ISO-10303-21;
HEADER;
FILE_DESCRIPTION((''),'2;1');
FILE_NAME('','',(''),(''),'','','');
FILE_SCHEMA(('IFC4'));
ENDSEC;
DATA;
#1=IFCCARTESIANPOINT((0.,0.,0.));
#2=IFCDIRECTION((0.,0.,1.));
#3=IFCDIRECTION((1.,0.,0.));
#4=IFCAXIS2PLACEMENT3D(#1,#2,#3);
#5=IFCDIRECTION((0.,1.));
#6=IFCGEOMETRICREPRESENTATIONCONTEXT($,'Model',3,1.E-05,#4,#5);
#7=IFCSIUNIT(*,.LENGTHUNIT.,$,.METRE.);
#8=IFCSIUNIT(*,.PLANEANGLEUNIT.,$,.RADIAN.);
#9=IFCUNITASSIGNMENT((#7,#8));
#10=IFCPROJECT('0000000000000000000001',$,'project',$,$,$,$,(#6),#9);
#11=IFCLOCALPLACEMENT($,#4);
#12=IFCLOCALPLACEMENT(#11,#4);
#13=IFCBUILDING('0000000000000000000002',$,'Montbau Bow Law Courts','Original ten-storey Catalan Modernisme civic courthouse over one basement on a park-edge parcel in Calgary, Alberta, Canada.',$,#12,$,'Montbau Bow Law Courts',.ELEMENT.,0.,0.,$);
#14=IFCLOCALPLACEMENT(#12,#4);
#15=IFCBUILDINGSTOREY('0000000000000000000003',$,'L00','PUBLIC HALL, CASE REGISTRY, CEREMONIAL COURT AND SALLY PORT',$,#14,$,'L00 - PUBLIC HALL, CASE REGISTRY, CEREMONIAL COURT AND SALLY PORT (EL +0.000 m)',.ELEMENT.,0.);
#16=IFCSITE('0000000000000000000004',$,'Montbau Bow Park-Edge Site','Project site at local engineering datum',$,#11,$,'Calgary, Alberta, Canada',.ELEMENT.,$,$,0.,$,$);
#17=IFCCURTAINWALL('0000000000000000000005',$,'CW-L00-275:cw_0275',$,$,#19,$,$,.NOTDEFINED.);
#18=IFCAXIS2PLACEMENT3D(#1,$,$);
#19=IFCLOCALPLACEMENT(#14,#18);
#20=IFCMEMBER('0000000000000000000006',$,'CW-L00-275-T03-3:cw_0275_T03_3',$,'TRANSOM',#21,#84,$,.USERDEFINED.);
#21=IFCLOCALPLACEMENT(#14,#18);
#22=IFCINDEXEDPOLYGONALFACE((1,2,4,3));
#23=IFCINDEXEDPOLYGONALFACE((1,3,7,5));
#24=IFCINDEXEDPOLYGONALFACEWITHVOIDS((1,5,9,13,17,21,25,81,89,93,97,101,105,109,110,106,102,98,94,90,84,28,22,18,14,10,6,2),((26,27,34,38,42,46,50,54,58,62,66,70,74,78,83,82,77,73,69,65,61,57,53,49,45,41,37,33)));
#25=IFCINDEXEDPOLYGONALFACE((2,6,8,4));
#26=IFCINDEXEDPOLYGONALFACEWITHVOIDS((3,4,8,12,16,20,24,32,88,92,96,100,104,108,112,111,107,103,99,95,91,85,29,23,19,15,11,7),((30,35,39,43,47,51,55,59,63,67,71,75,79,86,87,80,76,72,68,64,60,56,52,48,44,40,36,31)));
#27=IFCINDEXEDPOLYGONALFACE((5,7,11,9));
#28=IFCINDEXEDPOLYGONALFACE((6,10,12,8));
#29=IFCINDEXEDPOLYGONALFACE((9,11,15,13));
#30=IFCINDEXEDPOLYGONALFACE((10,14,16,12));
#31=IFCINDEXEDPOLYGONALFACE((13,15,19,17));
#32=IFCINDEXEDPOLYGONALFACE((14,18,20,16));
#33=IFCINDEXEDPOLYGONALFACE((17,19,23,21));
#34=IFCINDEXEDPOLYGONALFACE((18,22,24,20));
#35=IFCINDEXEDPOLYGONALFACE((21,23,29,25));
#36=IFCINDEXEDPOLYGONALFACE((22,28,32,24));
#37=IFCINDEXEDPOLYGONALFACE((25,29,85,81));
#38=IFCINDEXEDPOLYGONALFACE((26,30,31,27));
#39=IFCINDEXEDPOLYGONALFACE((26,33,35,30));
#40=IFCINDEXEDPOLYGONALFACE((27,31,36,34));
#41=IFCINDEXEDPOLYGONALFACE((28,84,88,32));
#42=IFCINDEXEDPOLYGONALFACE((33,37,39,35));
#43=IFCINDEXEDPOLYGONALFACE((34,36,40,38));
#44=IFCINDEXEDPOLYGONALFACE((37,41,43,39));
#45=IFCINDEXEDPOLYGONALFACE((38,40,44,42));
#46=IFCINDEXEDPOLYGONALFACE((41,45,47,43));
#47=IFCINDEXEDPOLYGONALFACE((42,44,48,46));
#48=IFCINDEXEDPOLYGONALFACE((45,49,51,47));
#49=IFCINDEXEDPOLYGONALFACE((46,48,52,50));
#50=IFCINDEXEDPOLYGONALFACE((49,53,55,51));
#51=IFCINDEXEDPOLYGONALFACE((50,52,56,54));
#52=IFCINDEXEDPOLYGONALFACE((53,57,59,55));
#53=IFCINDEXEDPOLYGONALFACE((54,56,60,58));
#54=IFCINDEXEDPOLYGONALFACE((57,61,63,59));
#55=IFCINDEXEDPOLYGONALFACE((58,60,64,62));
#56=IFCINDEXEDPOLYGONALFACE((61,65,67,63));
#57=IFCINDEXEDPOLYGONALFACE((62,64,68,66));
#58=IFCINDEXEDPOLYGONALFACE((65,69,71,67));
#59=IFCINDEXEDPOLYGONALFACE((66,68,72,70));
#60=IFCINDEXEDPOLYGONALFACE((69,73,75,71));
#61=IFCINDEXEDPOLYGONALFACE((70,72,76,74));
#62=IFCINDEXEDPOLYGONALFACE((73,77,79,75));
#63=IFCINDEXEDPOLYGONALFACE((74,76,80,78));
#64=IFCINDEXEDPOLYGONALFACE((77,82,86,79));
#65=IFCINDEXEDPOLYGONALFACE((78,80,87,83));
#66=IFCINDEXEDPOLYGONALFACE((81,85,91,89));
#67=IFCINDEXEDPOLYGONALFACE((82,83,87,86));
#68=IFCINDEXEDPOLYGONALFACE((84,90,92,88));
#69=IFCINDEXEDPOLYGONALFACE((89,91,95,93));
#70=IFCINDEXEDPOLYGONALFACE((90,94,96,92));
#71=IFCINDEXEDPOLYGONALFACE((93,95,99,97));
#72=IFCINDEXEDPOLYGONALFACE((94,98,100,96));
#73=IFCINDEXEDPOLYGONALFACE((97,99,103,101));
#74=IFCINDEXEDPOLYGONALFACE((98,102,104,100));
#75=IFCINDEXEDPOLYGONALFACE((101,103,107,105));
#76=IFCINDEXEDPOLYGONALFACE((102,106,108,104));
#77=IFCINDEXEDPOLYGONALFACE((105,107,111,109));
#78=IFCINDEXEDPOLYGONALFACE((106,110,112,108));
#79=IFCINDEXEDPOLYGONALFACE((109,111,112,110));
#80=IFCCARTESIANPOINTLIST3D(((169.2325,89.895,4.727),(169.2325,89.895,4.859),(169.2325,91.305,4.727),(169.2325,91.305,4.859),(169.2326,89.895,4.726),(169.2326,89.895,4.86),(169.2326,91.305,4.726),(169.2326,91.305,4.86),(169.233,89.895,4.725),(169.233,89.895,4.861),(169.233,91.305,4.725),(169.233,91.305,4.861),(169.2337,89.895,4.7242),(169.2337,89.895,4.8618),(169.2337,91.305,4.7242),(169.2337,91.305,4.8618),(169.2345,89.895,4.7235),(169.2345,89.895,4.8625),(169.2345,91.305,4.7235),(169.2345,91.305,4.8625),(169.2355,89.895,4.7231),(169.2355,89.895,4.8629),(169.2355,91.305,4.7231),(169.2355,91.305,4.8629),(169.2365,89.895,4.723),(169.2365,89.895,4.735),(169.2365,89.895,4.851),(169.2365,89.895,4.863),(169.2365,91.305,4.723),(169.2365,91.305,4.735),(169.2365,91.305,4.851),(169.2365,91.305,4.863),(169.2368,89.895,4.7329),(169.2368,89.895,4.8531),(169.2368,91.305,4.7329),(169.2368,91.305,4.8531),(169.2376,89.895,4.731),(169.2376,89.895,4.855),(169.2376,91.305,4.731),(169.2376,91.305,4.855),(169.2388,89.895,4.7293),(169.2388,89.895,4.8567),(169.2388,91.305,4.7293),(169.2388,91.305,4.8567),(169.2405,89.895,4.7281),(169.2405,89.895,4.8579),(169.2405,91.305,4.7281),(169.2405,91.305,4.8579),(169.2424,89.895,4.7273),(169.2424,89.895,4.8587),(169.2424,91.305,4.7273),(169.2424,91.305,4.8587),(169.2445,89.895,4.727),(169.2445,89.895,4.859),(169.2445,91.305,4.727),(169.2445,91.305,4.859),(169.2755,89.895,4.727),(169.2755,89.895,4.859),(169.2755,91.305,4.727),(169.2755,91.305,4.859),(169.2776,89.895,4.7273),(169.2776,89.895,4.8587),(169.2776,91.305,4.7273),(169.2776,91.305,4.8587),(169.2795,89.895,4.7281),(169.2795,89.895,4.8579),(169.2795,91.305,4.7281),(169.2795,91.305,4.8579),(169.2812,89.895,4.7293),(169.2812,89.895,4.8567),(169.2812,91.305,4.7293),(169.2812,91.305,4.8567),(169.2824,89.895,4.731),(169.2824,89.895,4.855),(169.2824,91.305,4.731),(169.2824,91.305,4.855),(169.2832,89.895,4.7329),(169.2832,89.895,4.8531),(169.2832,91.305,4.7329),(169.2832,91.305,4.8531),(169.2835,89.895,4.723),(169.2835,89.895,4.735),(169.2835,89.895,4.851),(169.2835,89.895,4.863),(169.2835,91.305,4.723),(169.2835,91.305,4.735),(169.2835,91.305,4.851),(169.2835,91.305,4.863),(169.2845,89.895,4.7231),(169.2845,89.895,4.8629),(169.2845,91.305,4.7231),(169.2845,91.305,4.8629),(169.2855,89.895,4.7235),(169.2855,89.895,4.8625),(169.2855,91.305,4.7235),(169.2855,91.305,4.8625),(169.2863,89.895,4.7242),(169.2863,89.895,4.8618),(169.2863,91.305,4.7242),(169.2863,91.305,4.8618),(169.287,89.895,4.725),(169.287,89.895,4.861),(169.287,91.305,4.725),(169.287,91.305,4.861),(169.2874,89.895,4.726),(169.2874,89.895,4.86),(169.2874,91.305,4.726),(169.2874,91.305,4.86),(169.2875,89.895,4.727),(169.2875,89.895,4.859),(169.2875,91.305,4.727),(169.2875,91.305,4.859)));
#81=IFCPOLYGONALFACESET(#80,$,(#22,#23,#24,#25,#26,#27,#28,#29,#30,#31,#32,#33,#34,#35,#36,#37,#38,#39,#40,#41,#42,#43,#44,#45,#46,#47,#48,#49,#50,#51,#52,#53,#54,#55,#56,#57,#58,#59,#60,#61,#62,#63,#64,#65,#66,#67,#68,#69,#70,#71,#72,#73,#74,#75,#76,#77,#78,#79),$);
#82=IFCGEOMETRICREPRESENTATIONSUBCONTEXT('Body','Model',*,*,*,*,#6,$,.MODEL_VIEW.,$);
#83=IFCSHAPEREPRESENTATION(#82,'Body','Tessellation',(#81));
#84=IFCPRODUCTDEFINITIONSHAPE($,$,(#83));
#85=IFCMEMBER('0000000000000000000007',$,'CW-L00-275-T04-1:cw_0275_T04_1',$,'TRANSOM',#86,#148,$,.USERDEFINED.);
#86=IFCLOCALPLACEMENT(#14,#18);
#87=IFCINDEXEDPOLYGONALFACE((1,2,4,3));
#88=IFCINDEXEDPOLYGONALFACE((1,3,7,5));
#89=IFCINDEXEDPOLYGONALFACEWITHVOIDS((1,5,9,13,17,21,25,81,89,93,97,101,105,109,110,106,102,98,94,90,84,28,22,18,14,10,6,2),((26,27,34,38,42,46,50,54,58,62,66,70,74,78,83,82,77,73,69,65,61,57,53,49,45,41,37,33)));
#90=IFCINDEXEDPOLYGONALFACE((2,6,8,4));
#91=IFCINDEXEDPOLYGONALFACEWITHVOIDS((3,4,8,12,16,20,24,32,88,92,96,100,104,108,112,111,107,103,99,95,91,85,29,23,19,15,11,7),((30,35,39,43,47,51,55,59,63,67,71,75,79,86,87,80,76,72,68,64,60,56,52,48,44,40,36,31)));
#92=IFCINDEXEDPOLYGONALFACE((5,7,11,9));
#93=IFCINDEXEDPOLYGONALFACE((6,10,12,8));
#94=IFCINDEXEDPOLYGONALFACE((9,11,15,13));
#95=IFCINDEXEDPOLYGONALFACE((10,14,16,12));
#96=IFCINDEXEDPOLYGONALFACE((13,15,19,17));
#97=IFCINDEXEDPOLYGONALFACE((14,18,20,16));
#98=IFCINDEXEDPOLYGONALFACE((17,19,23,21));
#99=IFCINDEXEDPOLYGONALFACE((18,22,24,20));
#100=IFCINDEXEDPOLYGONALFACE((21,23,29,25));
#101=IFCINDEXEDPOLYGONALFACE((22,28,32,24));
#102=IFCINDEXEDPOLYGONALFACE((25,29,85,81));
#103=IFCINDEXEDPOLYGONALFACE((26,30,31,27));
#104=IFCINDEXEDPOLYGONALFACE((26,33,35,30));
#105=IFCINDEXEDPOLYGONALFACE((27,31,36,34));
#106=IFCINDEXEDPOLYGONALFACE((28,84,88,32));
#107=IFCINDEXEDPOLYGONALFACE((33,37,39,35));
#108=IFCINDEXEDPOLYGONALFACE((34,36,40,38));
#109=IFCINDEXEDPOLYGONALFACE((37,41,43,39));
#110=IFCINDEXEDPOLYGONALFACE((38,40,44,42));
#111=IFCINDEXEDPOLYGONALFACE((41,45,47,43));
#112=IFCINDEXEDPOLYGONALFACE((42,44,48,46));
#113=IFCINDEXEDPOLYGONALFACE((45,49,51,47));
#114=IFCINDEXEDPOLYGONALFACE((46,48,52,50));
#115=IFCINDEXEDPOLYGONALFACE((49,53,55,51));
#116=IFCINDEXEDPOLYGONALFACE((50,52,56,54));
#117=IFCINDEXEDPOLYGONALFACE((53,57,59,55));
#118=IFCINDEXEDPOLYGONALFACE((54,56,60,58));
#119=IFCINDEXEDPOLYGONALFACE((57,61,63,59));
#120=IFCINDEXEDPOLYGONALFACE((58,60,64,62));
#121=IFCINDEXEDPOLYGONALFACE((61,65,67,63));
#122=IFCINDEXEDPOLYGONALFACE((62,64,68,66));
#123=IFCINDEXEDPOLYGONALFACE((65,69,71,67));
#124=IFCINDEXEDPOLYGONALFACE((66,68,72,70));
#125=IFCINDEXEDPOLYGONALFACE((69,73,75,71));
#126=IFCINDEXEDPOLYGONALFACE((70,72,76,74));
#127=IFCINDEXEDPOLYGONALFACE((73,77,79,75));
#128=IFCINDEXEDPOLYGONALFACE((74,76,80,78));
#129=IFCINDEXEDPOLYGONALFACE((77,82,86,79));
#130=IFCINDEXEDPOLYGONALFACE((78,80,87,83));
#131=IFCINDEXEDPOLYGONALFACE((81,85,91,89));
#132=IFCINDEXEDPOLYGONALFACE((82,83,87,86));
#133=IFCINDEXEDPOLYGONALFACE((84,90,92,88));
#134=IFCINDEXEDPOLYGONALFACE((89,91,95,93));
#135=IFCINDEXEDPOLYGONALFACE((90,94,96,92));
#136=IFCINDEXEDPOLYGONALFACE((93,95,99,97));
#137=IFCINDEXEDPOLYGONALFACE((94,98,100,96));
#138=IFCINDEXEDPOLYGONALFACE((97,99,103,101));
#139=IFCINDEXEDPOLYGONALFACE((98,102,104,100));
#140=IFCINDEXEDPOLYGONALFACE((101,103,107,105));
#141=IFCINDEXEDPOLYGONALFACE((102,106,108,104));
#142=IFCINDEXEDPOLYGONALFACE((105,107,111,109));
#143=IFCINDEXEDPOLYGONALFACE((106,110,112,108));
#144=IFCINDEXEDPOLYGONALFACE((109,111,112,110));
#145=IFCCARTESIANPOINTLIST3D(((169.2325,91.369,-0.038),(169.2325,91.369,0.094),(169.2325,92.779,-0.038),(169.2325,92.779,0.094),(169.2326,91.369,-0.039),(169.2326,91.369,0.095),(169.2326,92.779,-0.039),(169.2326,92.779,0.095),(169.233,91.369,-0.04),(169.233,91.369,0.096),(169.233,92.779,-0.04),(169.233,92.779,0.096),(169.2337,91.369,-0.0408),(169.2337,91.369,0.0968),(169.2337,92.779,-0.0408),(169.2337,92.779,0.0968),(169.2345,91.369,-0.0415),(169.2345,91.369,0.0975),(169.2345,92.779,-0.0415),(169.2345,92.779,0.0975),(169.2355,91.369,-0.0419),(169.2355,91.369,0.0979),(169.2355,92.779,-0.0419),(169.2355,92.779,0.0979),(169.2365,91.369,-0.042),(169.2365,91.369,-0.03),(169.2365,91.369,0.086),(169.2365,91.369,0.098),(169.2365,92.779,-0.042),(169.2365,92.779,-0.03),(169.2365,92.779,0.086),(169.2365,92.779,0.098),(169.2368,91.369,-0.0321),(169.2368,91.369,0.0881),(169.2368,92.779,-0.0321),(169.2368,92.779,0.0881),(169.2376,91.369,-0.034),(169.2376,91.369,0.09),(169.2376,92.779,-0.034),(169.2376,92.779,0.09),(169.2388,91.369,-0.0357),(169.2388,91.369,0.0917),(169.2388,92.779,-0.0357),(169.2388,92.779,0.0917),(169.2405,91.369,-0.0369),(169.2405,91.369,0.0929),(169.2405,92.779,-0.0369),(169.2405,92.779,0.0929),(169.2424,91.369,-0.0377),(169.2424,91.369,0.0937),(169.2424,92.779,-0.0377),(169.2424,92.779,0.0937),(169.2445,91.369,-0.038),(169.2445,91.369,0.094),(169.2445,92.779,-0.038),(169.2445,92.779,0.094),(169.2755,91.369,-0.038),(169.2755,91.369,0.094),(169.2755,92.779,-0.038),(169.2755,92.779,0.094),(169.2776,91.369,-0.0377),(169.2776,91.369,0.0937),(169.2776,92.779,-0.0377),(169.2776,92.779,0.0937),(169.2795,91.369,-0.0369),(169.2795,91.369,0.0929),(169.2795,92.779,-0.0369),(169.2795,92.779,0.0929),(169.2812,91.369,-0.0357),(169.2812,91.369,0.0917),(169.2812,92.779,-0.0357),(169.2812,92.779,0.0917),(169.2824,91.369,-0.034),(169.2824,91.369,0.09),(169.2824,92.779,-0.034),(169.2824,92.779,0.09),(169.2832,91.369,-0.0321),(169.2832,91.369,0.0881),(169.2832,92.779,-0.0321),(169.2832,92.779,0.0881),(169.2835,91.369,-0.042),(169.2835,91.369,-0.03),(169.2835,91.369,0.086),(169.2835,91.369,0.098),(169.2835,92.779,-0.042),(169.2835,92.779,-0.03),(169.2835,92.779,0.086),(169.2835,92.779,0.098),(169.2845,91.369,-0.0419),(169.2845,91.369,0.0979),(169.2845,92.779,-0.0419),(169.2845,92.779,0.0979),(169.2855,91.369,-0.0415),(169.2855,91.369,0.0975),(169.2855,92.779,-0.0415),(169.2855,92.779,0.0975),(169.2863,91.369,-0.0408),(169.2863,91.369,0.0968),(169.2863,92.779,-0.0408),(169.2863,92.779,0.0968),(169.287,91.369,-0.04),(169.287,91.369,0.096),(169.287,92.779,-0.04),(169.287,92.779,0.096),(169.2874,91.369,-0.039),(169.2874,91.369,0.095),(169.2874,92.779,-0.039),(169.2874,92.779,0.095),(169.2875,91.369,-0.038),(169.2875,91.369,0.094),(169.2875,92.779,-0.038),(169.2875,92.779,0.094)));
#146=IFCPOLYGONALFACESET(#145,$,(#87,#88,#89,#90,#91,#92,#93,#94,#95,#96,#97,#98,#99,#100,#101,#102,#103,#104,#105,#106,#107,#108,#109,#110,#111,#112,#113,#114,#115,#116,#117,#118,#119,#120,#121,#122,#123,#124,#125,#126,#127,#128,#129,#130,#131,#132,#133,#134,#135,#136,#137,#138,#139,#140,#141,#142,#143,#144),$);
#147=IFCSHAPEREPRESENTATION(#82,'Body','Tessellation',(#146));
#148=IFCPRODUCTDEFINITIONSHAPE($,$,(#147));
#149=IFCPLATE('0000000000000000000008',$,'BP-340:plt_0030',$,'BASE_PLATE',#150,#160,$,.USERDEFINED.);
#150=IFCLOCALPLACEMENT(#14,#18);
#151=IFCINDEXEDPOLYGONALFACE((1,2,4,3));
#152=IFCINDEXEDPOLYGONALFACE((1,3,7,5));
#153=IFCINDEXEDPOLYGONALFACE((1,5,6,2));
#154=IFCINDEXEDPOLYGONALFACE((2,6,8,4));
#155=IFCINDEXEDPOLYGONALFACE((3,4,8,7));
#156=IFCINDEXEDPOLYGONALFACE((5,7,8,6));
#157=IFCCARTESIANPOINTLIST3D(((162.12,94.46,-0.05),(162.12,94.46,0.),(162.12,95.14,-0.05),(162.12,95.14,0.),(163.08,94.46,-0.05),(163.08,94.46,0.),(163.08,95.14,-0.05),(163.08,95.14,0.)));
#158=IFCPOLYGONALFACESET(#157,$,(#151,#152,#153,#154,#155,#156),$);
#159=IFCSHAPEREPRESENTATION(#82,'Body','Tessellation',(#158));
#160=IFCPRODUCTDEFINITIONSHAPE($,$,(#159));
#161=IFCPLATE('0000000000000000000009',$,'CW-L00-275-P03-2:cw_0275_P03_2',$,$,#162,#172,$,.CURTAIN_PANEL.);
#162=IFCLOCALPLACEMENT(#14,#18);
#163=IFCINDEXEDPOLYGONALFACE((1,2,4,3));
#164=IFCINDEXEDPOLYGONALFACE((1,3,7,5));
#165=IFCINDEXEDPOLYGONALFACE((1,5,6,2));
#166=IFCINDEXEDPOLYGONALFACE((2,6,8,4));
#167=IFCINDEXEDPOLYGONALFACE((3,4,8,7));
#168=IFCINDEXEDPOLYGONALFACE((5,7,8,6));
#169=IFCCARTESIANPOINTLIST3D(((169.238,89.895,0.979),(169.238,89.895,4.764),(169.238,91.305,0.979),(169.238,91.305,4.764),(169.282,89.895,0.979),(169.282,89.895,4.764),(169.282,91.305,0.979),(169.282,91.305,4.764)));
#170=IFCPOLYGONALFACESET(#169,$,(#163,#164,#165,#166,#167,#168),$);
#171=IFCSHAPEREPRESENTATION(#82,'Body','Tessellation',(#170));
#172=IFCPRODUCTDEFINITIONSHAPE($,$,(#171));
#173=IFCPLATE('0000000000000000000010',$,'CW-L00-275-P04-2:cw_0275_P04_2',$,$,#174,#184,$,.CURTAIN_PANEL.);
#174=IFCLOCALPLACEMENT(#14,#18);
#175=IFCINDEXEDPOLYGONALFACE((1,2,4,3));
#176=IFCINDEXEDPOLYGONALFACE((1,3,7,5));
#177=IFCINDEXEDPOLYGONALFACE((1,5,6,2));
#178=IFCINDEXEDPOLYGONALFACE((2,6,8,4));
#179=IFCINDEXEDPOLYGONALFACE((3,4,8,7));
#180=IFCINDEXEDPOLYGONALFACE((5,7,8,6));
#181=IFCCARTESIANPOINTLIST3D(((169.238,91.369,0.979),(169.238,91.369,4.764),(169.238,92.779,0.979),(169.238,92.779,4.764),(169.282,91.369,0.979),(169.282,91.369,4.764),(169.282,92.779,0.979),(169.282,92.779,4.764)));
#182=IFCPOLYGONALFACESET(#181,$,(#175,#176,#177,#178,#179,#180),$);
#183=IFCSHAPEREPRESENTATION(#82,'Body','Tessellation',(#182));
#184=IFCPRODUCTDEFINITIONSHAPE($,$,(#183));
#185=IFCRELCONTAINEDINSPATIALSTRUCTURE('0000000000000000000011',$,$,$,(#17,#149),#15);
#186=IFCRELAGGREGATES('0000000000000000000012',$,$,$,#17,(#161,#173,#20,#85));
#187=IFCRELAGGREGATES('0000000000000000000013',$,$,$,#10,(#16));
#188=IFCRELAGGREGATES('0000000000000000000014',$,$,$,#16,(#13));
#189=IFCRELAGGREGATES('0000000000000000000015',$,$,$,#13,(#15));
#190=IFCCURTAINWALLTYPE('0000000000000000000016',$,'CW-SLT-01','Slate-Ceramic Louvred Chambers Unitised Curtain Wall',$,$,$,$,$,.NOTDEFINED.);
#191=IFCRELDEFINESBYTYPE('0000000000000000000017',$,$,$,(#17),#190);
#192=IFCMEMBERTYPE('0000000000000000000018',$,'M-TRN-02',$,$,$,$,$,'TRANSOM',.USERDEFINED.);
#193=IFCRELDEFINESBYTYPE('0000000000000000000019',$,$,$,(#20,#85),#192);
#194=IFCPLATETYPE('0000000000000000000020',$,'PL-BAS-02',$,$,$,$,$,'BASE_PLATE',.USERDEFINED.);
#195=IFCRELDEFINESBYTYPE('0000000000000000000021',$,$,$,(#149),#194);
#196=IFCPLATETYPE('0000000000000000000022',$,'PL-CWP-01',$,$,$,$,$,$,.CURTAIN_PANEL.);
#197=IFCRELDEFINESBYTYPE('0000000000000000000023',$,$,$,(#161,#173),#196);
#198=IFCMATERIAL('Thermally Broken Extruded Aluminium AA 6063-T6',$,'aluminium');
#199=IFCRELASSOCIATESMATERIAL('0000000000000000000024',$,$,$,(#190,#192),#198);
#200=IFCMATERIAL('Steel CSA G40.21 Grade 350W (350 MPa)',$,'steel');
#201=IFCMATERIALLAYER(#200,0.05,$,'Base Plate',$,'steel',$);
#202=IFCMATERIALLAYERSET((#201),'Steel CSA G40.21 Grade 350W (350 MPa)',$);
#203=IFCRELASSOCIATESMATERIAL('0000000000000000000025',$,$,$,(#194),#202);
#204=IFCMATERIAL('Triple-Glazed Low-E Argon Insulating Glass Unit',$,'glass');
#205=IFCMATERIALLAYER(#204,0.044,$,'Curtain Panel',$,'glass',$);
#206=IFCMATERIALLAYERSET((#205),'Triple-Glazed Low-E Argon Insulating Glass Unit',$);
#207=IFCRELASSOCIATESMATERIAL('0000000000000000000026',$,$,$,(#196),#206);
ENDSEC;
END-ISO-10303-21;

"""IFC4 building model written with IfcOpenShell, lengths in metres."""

from ifc_helpers import new_model, si_unit, direction, frame, frame_2d, origin_with_axes, origin_2d_with_axis, place, context, subcontext, project, spatial, rectangle, hollow_rectangle, extrude, material, layer, layer_set, material_profile, profile_set, type_object, element, aggregate, save


model = new_model("IFC4")

# Units and contexts
model_context = context("Model", 3, precision=1e-05, world=origin_with_axes(), true_north=direction((0.0, 1.0)))
body_context = subcontext(model_context, "Body", "Model", "MODEL_VIEW")
ifc_project = project(units=[si_unit("LENGTHUNIT", "METRE"), si_unit("PLANEANGLEUNIT", "RADIAN")], contexts=[model_context])

# Site, building, storey
site_placement = place(None, origin_with_axes())
site = spatial("IfcSite", under=ifc_project, at=site_placement, Name="Montbau Bow Park-Edge Site", Description="Project site at local engineering datum", LongName="Calgary, Alberta, Canada", CompositionType="ELEMENT", RefElevation=0.0)
building_placement = place(site_placement, origin_with_axes())
building = spatial("IfcBuilding", under=site, at=building_placement, Name="Montbau Bow Law Courts", Description="Original ten-storey Catalan Modernisme civic courthouse over one basement on a park-edge parcel in Calgary, Alberta, Canada.", LongName="Montbau Bow Law Courts", CompositionType="ELEMENT", ElevationOfRefHeight=0.0, ElevationOfTerrain=0.0)
storey_placement = place(building_placement, origin_with_axes())
storey = spatial("IfcBuildingStorey", under=building, at=storey_placement, Name="L00", Description="PUBLIC HALL, CASE REGISTRY, CEREMONIAL COURT AND SALLY PORT", LongName="L00 - PUBLIC HALL, CASE REGISTRY, CEREMONIAL COURT AND SALLY PORT (EL +0.000 m)", CompositionType="ELEMENT", Elevation=0.0)

# Shared definitions
ifc_material_1 = material(Name="Steel CSA G40.21 Grade 350W (350 MPa)", Category="steel")

# Curtain wall, members
ifc_material_2 = material(Name="Thermally Broken Extruded Aluminium AA 6063-T6", Category="aluminium")
curtain_wall_type = type_object("IfcCurtainWallType", Name="CW-SLT-01", Description="Slate-Ceramic Louvred Chambers Unitised Curtain Wall", PredefinedType="NOTDEFINED", material=ifc_material_2)
curtain_wall_placement = place(None, frame((169.26, 86.915, 0.0), z_axis=(0.0, 0.0, 1.0), x_axis=(1.0, 0.0, 0.0)))
curtain_wall = element("IfcCurtainWall", 1, at=curtain_wall_placement, inside=storey, type_object=curtain_wall_type, Name="CW-L00-275:cw_0275", PredefinedType="NOTDEFINED")
ifc_material_profile_1 = material_profile(ifc_material_2, hollow_rectangle(XDim=0.055, YDim=0.14, WallThickness=0.004, InnerFilletRadius=0.008, OuterFilletRadius=0.004, at=origin_2d_with_axis()), Name="CWT-140X55", Category="Main", Priority=0)
ifc_profile_set_1 = profile_set([ifc_material_profile_1], Name="Thermally Broken Extruded Aluminium AA 6063-T6")
member_type_1 = type_object("IfcMemberType", Name="M-TRN-02", ElementType="TRANSOM", PredefinedType="USERDEFINED", material=ifc_profile_set_1)
member_1_placement = place(None, frame((169.26, 89.895, 4.793), z_axis=(0.0, 1.0, 0.0), x_axis=(-1.0, 0.0, 0.0)))
member_1 = element("IfcMember", 2, at=member_1_placement, type_object=member_type_1, Name="CW-L00-275-T03-3:cw_0275_T03_3", ObjectType="TRANSOM", PredefinedType="USERDEFINED", context=body_context, shape_type="SweptSolid", body=[
    extrude(hollow_rectangle(XDim=0.055, YDim=0.14, WallThickness=0.004, InnerFilletRadius=0.008, OuterFilletRadius=0.004, at=origin_2d_with_axis()), origin_with_axes(), (0.0, 0.0, 1.0), 1.41),
])
member_2_placement = place(None, frame((169.26, 91.369, 0.028), z_axis=(0.0, 1.0, 0.0), x_axis=(-1.0, 0.0, 0.0)))
member_2 = element("IfcMember", 3, at=member_2_placement, type_object=member_type_1, Name="CW-L00-275-T04-1:cw_0275_T04_1", ObjectType="TRANSOM", PredefinedType="USERDEFINED", context=body_context, shape_type="SweptSolid", body=[
    extrude(hollow_rectangle(XDim=0.055, YDim=0.14, WallThickness=0.004, InnerFilletRadius=0.008, OuterFilletRadius=0.004, at=origin_2d_with_axis()), origin_with_axes(), (0.0, 0.0, 1.0), 1.41),
])

# Plates
ifc_layer_1 = layer(ifc_material_1, 0.05, Name="Base Plate", Category="steel")
ifc_layer_set_1 = layer_set([ifc_layer_1], Name="Steel CSA G40.21 Grade 350W (350 MPa)")
plate_type_1 = type_object("IfcPlateType", Name="PL-BAS-02", ElementType="BASE_PLATE", PredefinedType="USERDEFINED", material=ifc_layer_set_1)
plate_1_placement = place(None, frame((162.6, 94.8, -0.05), z_axis=(0.0, 0.0, 1.0), x_axis=(1.0, 0.0, 0.0)))
element("IfcPlate", 4, at=plate_1_placement, inside=storey, type_object=plate_type_1, Name="BP-340:plt_0030", ObjectType="BASE_PLATE", PredefinedType="USERDEFINED", context=body_context, shape_type="SweptSolid", body=[
    extrude(rectangle(XDim=0.96, YDim=0.68, at=origin_2d_with_axis()), origin_with_axes(), (0.0, 0.0, 1.0), 0.05),
])
ifc_material_3 = material(Name="Triple-Glazed Low-E Argon Insulating Glass Unit", Category="glass")
ifc_layer_2 = layer(ifc_material_3, 0.044, Name="Curtain Panel", Category="glass")
ifc_layer_set_2 = layer_set([ifc_layer_2], Name="Triple-Glazed Low-E Argon Insulating Glass Unit")
plate_type_2 = type_object("IfcPlateType", Name="PL-CWP-01", PredefinedType="CURTAIN_PANEL", material=ifc_layer_set_2)
plate_2_placement = place(None, frame((169.26, 89.895, 0.979), z_axis=(1.0, 0.0, 0.0), x_axis=(0.0, 1.0, 0.0)))
plate_2 = element("IfcPlate", 5, at=plate_2_placement, type_object=plate_type_2, Name="CW-L00-275-P03-2:cw_0275_P03_2", PredefinedType="CURTAIN_PANEL", context=body_context, shape_type="SweptSolid", body=[
    extrude(rectangle(XDim=1.41, YDim=3.785, at=frame_2d((0.705, 1.8925), x_axis=(1.0, 0.0))), frame((0.0, 0.0, -0.022), z_axis=(0.0, 0.0, 1.0), x_axis=(1.0, 0.0, 0.0)), (0.0, 0.0, 1.0), 0.044),
])
plate_3_placement = place(None, frame((169.26, 91.369, 0.979), z_axis=(1.0, 0.0, 0.0), x_axis=(0.0, 1.0, 0.0)))
plate_3 = element("IfcPlate", 6, at=plate_3_placement, type_object=plate_type_2, Name="CW-L00-275-P04-2:cw_0275_P04_2", PredefinedType="CURTAIN_PANEL", context=body_context, shape_type="SweptSolid", body=[
    extrude(rectangle(XDim=1.41, YDim=3.785, at=frame_2d((0.705, 1.8925), x_axis=(1.0, 0.0))), frame((0.0, 0.0, -0.022), z_axis=(0.0, 0.0, 1.0), x_axis=(1.0, 0.0, 0.0)), (0.0, 0.0, 1.0), 0.044),
])
aggregate(curtain_wall, [plate_2, plate_3, member_1, member_2])

save(model, "model.ifc")
